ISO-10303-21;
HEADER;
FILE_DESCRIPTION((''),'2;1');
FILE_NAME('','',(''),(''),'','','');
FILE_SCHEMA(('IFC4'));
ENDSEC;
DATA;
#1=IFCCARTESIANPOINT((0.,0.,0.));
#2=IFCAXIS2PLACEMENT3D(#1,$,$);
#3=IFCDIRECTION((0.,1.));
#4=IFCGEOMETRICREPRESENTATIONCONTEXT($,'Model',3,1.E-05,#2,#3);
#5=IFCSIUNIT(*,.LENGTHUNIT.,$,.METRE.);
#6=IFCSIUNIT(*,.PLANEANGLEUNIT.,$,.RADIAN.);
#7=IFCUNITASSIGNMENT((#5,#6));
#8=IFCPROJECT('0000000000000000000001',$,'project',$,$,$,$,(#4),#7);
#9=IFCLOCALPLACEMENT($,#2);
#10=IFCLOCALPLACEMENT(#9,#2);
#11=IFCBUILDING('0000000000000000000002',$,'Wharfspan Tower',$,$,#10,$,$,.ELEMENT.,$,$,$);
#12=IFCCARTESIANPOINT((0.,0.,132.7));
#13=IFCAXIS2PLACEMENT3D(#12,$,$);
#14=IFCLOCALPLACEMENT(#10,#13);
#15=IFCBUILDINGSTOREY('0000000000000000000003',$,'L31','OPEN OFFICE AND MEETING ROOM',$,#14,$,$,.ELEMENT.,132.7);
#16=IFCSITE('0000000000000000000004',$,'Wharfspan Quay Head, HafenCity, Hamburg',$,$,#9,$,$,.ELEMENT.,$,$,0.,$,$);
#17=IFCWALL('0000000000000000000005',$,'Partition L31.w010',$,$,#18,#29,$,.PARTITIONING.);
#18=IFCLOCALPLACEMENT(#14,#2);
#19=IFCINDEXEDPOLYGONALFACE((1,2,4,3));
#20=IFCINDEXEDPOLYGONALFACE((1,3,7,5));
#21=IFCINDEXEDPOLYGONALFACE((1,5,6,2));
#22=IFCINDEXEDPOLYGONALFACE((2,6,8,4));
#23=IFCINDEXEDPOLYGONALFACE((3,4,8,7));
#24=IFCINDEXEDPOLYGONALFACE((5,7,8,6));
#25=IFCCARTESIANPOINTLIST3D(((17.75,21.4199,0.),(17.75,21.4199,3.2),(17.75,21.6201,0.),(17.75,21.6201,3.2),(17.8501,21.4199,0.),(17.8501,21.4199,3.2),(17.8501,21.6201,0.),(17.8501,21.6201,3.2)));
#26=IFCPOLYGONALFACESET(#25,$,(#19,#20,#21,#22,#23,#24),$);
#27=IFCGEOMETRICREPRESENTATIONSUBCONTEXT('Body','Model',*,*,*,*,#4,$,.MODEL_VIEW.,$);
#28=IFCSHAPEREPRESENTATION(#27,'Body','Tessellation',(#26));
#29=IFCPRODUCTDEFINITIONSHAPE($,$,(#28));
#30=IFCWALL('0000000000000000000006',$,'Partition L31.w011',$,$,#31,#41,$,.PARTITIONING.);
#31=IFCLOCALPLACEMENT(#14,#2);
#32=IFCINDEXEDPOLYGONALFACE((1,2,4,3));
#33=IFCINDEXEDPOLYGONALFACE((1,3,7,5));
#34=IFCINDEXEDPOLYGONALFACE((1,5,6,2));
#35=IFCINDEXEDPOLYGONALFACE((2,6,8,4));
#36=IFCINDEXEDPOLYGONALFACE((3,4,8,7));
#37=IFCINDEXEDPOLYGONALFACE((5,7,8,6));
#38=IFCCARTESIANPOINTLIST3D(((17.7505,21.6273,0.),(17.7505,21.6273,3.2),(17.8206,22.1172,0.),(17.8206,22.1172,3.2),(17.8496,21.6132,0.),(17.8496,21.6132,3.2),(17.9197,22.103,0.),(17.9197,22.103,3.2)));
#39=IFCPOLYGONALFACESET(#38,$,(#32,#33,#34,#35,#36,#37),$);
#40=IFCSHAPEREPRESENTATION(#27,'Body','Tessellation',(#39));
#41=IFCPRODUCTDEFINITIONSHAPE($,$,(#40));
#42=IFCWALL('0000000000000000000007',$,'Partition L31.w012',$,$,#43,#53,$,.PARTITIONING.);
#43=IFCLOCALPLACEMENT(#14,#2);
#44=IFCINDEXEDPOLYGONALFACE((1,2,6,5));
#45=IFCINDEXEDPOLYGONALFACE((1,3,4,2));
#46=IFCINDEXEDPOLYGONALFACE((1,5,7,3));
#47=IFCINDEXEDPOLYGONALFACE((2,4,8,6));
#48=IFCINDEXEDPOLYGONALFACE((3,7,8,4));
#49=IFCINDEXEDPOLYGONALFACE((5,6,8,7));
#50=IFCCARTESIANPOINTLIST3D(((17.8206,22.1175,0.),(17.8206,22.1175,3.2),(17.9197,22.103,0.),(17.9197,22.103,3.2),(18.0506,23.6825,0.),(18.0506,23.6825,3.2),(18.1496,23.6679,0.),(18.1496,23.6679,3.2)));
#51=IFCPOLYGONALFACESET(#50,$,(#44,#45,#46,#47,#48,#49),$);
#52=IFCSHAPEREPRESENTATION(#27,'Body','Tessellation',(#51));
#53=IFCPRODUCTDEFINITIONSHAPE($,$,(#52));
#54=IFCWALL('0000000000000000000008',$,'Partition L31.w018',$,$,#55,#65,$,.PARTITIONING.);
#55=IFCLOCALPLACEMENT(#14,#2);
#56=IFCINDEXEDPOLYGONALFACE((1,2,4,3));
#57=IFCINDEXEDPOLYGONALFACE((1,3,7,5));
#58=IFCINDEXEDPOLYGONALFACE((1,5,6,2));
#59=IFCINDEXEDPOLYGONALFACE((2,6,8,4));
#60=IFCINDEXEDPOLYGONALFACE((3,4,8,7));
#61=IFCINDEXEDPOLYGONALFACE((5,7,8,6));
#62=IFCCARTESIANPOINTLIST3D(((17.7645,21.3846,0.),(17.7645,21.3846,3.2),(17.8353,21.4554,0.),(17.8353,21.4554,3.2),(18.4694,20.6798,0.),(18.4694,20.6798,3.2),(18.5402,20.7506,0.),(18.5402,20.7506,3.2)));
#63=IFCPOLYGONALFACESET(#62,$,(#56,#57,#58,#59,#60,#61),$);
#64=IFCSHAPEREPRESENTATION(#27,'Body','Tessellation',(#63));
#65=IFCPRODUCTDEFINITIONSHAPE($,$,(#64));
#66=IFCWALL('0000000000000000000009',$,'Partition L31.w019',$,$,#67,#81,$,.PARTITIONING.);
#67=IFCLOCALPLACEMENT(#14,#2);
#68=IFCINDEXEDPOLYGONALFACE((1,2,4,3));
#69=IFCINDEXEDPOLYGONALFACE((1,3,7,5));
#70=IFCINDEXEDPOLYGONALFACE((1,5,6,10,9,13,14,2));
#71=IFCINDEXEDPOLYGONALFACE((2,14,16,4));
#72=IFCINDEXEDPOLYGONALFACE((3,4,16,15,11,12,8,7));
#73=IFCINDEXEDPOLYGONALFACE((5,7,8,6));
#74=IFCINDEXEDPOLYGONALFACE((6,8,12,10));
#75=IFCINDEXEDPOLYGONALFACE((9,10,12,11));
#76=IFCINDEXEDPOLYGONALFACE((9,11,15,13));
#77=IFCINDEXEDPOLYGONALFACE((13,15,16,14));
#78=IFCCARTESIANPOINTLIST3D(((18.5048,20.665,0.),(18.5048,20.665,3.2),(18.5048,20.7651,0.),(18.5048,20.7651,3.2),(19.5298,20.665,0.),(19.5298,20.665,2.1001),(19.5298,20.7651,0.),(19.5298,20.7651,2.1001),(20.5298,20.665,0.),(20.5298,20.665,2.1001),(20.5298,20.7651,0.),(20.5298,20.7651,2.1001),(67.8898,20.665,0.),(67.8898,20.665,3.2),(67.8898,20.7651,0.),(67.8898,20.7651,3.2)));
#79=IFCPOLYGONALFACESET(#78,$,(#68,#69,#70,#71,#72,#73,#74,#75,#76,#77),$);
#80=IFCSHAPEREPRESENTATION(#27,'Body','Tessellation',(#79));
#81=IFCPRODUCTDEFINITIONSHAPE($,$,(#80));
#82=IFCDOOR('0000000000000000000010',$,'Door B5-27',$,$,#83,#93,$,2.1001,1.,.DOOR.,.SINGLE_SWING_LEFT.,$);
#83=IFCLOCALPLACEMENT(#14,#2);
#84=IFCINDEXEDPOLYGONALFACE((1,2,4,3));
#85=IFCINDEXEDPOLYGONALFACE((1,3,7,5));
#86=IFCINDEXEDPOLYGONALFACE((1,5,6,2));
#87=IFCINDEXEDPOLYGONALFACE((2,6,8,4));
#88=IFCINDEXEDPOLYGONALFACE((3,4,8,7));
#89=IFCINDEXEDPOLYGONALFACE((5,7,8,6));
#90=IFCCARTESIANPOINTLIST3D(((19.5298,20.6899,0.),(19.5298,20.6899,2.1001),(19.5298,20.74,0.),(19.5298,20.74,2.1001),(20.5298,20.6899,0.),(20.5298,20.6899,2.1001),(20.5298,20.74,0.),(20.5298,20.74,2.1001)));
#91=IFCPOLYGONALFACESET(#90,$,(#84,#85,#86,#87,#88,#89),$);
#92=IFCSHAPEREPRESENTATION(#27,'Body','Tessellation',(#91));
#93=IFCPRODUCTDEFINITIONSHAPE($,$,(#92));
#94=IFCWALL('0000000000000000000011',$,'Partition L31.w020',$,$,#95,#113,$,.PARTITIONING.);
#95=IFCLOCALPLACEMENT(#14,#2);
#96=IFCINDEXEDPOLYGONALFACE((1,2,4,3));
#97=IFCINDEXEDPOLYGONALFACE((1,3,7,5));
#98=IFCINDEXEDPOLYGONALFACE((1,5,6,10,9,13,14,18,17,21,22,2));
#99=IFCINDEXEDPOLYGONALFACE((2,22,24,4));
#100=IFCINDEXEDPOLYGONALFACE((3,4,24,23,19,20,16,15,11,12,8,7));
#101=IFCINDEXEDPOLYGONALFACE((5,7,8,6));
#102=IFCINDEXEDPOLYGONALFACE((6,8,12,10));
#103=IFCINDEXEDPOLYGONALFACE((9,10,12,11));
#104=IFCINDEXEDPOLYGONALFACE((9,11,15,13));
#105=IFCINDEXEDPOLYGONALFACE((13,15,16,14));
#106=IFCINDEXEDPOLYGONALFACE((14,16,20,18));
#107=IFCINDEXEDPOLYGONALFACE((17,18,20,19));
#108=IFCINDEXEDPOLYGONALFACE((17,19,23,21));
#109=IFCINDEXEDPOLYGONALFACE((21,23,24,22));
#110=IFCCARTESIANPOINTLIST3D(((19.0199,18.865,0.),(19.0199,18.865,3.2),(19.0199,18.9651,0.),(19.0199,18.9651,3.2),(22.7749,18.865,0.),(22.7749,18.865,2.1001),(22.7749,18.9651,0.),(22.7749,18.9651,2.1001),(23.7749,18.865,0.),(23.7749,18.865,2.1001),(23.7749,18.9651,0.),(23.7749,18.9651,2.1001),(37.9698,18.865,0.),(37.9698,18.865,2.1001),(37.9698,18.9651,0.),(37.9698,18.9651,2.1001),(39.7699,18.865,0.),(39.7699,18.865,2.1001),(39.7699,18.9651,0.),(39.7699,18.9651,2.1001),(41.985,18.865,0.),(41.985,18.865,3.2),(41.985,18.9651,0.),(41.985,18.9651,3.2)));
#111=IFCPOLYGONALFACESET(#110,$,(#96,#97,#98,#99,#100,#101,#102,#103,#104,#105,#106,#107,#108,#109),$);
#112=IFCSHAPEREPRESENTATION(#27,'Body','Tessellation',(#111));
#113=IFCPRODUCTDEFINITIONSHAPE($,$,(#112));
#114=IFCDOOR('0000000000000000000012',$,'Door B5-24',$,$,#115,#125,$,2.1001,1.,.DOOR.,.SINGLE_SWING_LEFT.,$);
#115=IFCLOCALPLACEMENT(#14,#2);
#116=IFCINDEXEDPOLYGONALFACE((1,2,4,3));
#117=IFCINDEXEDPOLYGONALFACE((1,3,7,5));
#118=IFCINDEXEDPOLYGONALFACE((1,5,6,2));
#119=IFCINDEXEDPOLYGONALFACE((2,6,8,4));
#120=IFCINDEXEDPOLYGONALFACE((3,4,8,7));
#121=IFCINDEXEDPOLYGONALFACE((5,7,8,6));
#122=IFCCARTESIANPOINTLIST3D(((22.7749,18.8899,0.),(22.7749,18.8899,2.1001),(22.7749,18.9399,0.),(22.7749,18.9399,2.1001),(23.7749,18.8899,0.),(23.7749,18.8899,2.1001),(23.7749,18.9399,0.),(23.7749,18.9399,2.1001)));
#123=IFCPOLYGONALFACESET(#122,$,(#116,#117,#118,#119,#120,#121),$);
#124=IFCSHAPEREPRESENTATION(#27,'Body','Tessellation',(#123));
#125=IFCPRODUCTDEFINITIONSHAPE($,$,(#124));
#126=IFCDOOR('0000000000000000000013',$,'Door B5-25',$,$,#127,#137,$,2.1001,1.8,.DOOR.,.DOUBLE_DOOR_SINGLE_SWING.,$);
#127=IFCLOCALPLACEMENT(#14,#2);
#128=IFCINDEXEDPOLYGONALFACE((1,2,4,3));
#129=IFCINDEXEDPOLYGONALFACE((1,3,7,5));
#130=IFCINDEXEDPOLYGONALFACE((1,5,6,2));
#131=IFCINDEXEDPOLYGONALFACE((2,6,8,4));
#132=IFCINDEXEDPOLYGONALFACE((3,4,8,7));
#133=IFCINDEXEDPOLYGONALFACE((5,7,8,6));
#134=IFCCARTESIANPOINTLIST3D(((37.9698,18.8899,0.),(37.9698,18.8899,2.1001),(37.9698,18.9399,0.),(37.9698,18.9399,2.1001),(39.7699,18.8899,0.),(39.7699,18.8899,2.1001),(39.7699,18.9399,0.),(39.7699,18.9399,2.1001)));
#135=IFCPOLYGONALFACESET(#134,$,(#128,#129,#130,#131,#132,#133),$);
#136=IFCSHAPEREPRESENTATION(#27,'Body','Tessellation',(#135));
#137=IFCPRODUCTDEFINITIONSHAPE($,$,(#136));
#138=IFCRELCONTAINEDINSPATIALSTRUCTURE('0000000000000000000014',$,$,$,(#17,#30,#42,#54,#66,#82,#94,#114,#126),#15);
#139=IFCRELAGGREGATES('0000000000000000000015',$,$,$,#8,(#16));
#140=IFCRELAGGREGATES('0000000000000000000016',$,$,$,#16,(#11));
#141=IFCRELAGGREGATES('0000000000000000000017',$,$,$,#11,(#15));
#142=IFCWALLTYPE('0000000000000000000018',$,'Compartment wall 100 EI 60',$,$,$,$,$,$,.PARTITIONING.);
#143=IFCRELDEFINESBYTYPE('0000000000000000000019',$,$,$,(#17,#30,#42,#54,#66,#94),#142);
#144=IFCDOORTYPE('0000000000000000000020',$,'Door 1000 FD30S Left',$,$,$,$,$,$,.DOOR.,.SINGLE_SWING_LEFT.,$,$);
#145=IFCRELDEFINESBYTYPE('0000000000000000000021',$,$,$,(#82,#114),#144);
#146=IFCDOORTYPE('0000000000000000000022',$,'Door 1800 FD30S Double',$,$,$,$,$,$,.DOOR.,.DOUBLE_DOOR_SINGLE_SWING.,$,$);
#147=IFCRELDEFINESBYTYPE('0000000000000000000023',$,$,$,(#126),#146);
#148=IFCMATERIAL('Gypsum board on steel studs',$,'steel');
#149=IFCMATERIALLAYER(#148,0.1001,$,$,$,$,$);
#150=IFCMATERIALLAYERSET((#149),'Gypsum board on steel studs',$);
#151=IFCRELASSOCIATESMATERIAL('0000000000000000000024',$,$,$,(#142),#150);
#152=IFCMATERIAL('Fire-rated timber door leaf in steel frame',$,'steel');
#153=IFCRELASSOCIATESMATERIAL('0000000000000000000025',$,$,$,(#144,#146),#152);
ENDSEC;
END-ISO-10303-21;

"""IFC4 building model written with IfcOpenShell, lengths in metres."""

from ifc_helpers import new_model, si_unit, direction, frame, frame_2d, origin, place, context, subcontext, project, spatial, rectangle, extrude, material, layer, layer_set, type_object, element, fill, save


model = new_model("IFC4")

# Units and contexts
model_context = context("Model", 3, precision=1e-05, world=origin(), true_north=direction((0.0, 1.0)))
body_context = subcontext(model_context, "Body", "Model", "MODEL_VIEW")
ifc_project = project(units=[si_unit("LENGTHUNIT", "METRE"), si_unit("PLANEANGLEUNIT", "RADIAN")], contexts=[model_context])

# Site, building, storey
site_placement = place(None, origin())
site = spatial("IfcSite", under=ifc_project, at=site_placement, Name="Wharfspan Quay Head, HafenCity, Hamburg", CompositionType="ELEMENT", RefElevation=0.0)
building_placement = place(site_placement, origin())
building = spatial("IfcBuilding", under=site, at=building_placement, Name="Wharfspan Tower", CompositionType="ELEMENT")
storey_placement = place(building_placement, frame((0.0, 0.0, 132.7)))
storey = spatial("IfcBuildingStorey", under=building, at=storey_placement, Name="L31", Description="OPEN OFFICE AND MEETING ROOM", CompositionType="ELEMENT", Elevation=132.7)

# Walls
ifc_material_1 = material(Name="Gypsum board on steel studs", Category="steel")
ifc_layer = layer(ifc_material_1, 0.1001)
ifc_layer_set = layer_set([ifc_layer], Name="Gypsum board on steel studs")
wall_type = type_object("IfcWallType", Name="Compartment wall 100 EI 60", PredefinedType="PARTITIONING", material=ifc_layer_set)
wall_1_placement = place(storey_placement, frame((17.8, 21.4199, 0.0), z_axis=(0.0, 0.0, 1.0), x_axis=(0.0, 1.0, 0.0)))
element("IfcWall", 1, at=wall_1_placement, inside=storey, type_object=wall_type, Name="Partition L31.w010", PredefinedType="PARTITIONING", context=body_context, shape_type="SweptSolid", body=[
    extrude(rectangle(XDim=0.2002, YDim=0.1001, at=frame_2d((0.1001, 0.0))), origin(), (0.0, 0.0, 1.0), 3.2),
])
wall_2_placement = place(storey_placement, frame((17.8, 21.6201, 0.0), z_axis=(0.0, 0.0, 1.0), x_axis=(0.141559, 0.989927, 0.0)))
element("IfcWall", 2, at=wall_2_placement, inside=storey, type_object=wall_type, Name="Partition L31.w011", PredefinedType="PARTITIONING", context=body_context, shape_type="SweptSolid", body=[
    extrude(rectangle(XDim=0.4949, YDim=0.1001, at=frame_2d((0.2476, 0.0))), origin(), (0.0, 0.0, 1.0), 3.2),
])
wall_3_placement = place(storey_placement, frame((17.8701, 22.1101, 0.0), z_axis=(0.0, 0.0, 1.0), x_axis=(0.145396, 0.989372, 0.0)))
element("IfcWall", 3, at=wall_3_placement, inside=storey, type_object=wall_type, Name="Partition L31.w012", PredefinedType="PARTITIONING", context=body_context, shape_type="SweptSolid", body=[
    extrude(rectangle(XDim=1.5818, YDim=0.1001, at=frame_2d((0.791, 0.0))), origin(), (0.0, 0.0, 1.0), 3.2),
])
wall_4_placement = place(storey_placement, frame((18.5049, 20.7151, 0.0), z_axis=(0.0, 0.0, 1.0), x_axis=(-0.707107, 0.707107, 0.0)))
element("IfcWall", 4, at=wall_4_placement, inside=storey, type_object=wall_type, Name="Partition L31.w018", PredefinedType="PARTITIONING", context=body_context, shape_type="SweptSolid", body=[
    extrude(rectangle(XDim=0.9968, YDim=0.1001, at=frame_2d((0.4985, 0.0))), origin(), (0.0, 0.0, 1.0), 3.2),
])

# Wall, opening, door
wall_5_placement = place(storey_placement, frame((18.5049, 20.7151, 0.0), z_axis=(0.0, 0.0, 1.0), x_axis=(1.0, 0.0, 0.0)))
wall_5 = element("IfcWall", 5, at=wall_5_placement, inside=storey, type_object=wall_type, Name="Partition L31.w019", PredefinedType="PARTITIONING", context=body_context, shape_type="SweptSolid", body=[
    extrude(rectangle(XDim=49.385, YDim=0.1001, at=frame_2d((24.6924, 0.0))), origin(), (0.0, 0.0, 1.0), 3.2),
])
opening_1_placement = place(wall_5_placement, frame((1.0249, 0.0, 0.0)))
opening_1 = element("IfcOpeningElement", 6, at=opening_1_placement, cuts=wall_5, PredefinedType="OPENING", context=body_context, shape_type="SweptSolid", body=[
    extrude(rectangle(XDim=1.0, YDim=2.1001, at=frame_2d((0.5, 1.05))), frame((0.0, 0.0601, 0.0), z_axis=(0.0, -1.0, 0.0), x_axis=(1.0, 0.0, 0.0)), (0.0, 0.0, 1.0), 0.1201),
])
ifc_material_2 = material(Name="Fire-rated timber door leaf in steel frame", Category="steel")
door_type_1 = type_object("IfcDoorType", Name="Door 1000 FD30S Left", OperationType="SINGLE_SWING_LEFT", PredefinedType="DOOR", material=ifc_material_2)
door_1_placement = place(opening_1_placement, origin())
door_1 = element("IfcDoor", 7, at=door_1_placement, inside=storey, type_object=door_type_1, Name="Door B5-27", OperationType="SINGLE_SWING_LEFT", OverallHeight=2.1001, OverallWidth=1.0, PredefinedType="DOOR", context=body_context, shape_type="SweptSolid", body=[
    extrude(rectangle(XDim=1.0, YDim=2.1001, at=frame_2d((0.5, 1.05))), frame((0.0, 0.0249, 0.0), z_axis=(0.0, -1.0, 0.0), x_axis=(1.0, 0.0, 0.0)), (0.0, 0.0, 1.0), 0.05),
])
fill(opening_1, door_1)

# Wall, openings, doors
wall_6_placement = place(storey_placement, frame((19.02, 18.915, 0.0), z_axis=(0.0, 0.0, 1.0), x_axis=(1.0, 0.0, 0.0)))
wall_6 = element("IfcWall", 8, at=wall_6_placement, inside=storey, type_object=wall_type, Name="Partition L31.w020", PredefinedType="PARTITIONING", context=body_context, shape_type="SweptSolid", body=[
    extrude(rectangle(XDim=22.9651, YDim=0.1001, at=frame_2d((11.4824, 0.0))), origin(), (0.0, 0.0, 1.0), 3.2),
])
opening_2_placement = place(wall_6_placement, frame((3.7549, 0.0, 0.0)))
opening_2 = element("IfcOpeningElement", 9, at=opening_2_placement, cuts=wall_6, PredefinedType="OPENING", context=body_context, shape_type="SweptSolid", body=[
    extrude(rectangle(XDim=1.0, YDim=2.1001, at=frame_2d((0.5, 1.05))), frame((0.0, 0.0601, 0.0), z_axis=(0.0, -1.0, 0.0), x_axis=(1.0, 0.0, 0.0)), (0.0, 0.0, 1.0), 0.1201),
])
opening_3_placement = place(wall_6_placement, frame((18.95, 0.0, 0.0)))
opening_3 = element("IfcOpeningElement", 10, at=opening_3_placement, cuts=wall_6, PredefinedType="OPENING", context=body_context, shape_type="SweptSolid", body=[
    extrude(rectangle(XDim=1.8, YDim=2.1001, at=frame_2d((0.8999, 1.05))), frame((0.0, 0.0601, 0.0), z_axis=(0.0, -1.0, 0.0), x_axis=(1.0, 0.0, 0.0)), (0.0, 0.0, 1.0), 0.1201),
])
door_2_placement = place(opening_2_placement, origin())
door_2 = element("IfcDoor", 11, at=door_2_placement, inside=storey, type_object=door_type_1, Name="Door B5-24", OperationType="SINGLE_SWING_LEFT", OverallHeight=2.1001, OverallWidth=1.0, PredefinedType="DOOR", context=body_context, shape_type="SweptSolid", body=[
    extrude(rectangle(XDim=1.0, YDim=2.1001, at=frame_2d((0.5, 1.05))), frame((0.0, 0.0249, 0.0), z_axis=(0.0, -1.0, 0.0), x_axis=(1.0, 0.0, 0.0)), (0.0, 0.0, 1.0), 0.05),
])
fill(opening_2, door_2)
door_type_2 = type_object("IfcDoorType", Name="Door 1800 FD30S Double", OperationType="DOUBLE_DOOR_SINGLE_SWING", PredefinedType="DOOR", material=ifc_material_2)
door_3_placement = place(opening_3_placement, origin())
door_3 = element("IfcDoor", 12, at=door_3_placement, inside=storey, type_object=door_type_2, Name="Door B5-25", OperationType="DOUBLE_DOOR_SINGLE_SWING", OverallHeight=2.1001, OverallWidth=1.8, PredefinedType="DOOR", context=body_context, shape_type="SweptSolid", body=[
    extrude(rectangle(XDim=1.8, YDim=2.1001, at=frame_2d((0.8999, 1.05))), frame((0.0, 0.0249, 0.0), z_axis=(0.0, -1.0, 0.0), x_axis=(1.0, 0.0, 0.0)), (0.0, 0.0, 1.0), 0.05),
])
fill(opening_3, door_3)

save(model, "model.ifc")
